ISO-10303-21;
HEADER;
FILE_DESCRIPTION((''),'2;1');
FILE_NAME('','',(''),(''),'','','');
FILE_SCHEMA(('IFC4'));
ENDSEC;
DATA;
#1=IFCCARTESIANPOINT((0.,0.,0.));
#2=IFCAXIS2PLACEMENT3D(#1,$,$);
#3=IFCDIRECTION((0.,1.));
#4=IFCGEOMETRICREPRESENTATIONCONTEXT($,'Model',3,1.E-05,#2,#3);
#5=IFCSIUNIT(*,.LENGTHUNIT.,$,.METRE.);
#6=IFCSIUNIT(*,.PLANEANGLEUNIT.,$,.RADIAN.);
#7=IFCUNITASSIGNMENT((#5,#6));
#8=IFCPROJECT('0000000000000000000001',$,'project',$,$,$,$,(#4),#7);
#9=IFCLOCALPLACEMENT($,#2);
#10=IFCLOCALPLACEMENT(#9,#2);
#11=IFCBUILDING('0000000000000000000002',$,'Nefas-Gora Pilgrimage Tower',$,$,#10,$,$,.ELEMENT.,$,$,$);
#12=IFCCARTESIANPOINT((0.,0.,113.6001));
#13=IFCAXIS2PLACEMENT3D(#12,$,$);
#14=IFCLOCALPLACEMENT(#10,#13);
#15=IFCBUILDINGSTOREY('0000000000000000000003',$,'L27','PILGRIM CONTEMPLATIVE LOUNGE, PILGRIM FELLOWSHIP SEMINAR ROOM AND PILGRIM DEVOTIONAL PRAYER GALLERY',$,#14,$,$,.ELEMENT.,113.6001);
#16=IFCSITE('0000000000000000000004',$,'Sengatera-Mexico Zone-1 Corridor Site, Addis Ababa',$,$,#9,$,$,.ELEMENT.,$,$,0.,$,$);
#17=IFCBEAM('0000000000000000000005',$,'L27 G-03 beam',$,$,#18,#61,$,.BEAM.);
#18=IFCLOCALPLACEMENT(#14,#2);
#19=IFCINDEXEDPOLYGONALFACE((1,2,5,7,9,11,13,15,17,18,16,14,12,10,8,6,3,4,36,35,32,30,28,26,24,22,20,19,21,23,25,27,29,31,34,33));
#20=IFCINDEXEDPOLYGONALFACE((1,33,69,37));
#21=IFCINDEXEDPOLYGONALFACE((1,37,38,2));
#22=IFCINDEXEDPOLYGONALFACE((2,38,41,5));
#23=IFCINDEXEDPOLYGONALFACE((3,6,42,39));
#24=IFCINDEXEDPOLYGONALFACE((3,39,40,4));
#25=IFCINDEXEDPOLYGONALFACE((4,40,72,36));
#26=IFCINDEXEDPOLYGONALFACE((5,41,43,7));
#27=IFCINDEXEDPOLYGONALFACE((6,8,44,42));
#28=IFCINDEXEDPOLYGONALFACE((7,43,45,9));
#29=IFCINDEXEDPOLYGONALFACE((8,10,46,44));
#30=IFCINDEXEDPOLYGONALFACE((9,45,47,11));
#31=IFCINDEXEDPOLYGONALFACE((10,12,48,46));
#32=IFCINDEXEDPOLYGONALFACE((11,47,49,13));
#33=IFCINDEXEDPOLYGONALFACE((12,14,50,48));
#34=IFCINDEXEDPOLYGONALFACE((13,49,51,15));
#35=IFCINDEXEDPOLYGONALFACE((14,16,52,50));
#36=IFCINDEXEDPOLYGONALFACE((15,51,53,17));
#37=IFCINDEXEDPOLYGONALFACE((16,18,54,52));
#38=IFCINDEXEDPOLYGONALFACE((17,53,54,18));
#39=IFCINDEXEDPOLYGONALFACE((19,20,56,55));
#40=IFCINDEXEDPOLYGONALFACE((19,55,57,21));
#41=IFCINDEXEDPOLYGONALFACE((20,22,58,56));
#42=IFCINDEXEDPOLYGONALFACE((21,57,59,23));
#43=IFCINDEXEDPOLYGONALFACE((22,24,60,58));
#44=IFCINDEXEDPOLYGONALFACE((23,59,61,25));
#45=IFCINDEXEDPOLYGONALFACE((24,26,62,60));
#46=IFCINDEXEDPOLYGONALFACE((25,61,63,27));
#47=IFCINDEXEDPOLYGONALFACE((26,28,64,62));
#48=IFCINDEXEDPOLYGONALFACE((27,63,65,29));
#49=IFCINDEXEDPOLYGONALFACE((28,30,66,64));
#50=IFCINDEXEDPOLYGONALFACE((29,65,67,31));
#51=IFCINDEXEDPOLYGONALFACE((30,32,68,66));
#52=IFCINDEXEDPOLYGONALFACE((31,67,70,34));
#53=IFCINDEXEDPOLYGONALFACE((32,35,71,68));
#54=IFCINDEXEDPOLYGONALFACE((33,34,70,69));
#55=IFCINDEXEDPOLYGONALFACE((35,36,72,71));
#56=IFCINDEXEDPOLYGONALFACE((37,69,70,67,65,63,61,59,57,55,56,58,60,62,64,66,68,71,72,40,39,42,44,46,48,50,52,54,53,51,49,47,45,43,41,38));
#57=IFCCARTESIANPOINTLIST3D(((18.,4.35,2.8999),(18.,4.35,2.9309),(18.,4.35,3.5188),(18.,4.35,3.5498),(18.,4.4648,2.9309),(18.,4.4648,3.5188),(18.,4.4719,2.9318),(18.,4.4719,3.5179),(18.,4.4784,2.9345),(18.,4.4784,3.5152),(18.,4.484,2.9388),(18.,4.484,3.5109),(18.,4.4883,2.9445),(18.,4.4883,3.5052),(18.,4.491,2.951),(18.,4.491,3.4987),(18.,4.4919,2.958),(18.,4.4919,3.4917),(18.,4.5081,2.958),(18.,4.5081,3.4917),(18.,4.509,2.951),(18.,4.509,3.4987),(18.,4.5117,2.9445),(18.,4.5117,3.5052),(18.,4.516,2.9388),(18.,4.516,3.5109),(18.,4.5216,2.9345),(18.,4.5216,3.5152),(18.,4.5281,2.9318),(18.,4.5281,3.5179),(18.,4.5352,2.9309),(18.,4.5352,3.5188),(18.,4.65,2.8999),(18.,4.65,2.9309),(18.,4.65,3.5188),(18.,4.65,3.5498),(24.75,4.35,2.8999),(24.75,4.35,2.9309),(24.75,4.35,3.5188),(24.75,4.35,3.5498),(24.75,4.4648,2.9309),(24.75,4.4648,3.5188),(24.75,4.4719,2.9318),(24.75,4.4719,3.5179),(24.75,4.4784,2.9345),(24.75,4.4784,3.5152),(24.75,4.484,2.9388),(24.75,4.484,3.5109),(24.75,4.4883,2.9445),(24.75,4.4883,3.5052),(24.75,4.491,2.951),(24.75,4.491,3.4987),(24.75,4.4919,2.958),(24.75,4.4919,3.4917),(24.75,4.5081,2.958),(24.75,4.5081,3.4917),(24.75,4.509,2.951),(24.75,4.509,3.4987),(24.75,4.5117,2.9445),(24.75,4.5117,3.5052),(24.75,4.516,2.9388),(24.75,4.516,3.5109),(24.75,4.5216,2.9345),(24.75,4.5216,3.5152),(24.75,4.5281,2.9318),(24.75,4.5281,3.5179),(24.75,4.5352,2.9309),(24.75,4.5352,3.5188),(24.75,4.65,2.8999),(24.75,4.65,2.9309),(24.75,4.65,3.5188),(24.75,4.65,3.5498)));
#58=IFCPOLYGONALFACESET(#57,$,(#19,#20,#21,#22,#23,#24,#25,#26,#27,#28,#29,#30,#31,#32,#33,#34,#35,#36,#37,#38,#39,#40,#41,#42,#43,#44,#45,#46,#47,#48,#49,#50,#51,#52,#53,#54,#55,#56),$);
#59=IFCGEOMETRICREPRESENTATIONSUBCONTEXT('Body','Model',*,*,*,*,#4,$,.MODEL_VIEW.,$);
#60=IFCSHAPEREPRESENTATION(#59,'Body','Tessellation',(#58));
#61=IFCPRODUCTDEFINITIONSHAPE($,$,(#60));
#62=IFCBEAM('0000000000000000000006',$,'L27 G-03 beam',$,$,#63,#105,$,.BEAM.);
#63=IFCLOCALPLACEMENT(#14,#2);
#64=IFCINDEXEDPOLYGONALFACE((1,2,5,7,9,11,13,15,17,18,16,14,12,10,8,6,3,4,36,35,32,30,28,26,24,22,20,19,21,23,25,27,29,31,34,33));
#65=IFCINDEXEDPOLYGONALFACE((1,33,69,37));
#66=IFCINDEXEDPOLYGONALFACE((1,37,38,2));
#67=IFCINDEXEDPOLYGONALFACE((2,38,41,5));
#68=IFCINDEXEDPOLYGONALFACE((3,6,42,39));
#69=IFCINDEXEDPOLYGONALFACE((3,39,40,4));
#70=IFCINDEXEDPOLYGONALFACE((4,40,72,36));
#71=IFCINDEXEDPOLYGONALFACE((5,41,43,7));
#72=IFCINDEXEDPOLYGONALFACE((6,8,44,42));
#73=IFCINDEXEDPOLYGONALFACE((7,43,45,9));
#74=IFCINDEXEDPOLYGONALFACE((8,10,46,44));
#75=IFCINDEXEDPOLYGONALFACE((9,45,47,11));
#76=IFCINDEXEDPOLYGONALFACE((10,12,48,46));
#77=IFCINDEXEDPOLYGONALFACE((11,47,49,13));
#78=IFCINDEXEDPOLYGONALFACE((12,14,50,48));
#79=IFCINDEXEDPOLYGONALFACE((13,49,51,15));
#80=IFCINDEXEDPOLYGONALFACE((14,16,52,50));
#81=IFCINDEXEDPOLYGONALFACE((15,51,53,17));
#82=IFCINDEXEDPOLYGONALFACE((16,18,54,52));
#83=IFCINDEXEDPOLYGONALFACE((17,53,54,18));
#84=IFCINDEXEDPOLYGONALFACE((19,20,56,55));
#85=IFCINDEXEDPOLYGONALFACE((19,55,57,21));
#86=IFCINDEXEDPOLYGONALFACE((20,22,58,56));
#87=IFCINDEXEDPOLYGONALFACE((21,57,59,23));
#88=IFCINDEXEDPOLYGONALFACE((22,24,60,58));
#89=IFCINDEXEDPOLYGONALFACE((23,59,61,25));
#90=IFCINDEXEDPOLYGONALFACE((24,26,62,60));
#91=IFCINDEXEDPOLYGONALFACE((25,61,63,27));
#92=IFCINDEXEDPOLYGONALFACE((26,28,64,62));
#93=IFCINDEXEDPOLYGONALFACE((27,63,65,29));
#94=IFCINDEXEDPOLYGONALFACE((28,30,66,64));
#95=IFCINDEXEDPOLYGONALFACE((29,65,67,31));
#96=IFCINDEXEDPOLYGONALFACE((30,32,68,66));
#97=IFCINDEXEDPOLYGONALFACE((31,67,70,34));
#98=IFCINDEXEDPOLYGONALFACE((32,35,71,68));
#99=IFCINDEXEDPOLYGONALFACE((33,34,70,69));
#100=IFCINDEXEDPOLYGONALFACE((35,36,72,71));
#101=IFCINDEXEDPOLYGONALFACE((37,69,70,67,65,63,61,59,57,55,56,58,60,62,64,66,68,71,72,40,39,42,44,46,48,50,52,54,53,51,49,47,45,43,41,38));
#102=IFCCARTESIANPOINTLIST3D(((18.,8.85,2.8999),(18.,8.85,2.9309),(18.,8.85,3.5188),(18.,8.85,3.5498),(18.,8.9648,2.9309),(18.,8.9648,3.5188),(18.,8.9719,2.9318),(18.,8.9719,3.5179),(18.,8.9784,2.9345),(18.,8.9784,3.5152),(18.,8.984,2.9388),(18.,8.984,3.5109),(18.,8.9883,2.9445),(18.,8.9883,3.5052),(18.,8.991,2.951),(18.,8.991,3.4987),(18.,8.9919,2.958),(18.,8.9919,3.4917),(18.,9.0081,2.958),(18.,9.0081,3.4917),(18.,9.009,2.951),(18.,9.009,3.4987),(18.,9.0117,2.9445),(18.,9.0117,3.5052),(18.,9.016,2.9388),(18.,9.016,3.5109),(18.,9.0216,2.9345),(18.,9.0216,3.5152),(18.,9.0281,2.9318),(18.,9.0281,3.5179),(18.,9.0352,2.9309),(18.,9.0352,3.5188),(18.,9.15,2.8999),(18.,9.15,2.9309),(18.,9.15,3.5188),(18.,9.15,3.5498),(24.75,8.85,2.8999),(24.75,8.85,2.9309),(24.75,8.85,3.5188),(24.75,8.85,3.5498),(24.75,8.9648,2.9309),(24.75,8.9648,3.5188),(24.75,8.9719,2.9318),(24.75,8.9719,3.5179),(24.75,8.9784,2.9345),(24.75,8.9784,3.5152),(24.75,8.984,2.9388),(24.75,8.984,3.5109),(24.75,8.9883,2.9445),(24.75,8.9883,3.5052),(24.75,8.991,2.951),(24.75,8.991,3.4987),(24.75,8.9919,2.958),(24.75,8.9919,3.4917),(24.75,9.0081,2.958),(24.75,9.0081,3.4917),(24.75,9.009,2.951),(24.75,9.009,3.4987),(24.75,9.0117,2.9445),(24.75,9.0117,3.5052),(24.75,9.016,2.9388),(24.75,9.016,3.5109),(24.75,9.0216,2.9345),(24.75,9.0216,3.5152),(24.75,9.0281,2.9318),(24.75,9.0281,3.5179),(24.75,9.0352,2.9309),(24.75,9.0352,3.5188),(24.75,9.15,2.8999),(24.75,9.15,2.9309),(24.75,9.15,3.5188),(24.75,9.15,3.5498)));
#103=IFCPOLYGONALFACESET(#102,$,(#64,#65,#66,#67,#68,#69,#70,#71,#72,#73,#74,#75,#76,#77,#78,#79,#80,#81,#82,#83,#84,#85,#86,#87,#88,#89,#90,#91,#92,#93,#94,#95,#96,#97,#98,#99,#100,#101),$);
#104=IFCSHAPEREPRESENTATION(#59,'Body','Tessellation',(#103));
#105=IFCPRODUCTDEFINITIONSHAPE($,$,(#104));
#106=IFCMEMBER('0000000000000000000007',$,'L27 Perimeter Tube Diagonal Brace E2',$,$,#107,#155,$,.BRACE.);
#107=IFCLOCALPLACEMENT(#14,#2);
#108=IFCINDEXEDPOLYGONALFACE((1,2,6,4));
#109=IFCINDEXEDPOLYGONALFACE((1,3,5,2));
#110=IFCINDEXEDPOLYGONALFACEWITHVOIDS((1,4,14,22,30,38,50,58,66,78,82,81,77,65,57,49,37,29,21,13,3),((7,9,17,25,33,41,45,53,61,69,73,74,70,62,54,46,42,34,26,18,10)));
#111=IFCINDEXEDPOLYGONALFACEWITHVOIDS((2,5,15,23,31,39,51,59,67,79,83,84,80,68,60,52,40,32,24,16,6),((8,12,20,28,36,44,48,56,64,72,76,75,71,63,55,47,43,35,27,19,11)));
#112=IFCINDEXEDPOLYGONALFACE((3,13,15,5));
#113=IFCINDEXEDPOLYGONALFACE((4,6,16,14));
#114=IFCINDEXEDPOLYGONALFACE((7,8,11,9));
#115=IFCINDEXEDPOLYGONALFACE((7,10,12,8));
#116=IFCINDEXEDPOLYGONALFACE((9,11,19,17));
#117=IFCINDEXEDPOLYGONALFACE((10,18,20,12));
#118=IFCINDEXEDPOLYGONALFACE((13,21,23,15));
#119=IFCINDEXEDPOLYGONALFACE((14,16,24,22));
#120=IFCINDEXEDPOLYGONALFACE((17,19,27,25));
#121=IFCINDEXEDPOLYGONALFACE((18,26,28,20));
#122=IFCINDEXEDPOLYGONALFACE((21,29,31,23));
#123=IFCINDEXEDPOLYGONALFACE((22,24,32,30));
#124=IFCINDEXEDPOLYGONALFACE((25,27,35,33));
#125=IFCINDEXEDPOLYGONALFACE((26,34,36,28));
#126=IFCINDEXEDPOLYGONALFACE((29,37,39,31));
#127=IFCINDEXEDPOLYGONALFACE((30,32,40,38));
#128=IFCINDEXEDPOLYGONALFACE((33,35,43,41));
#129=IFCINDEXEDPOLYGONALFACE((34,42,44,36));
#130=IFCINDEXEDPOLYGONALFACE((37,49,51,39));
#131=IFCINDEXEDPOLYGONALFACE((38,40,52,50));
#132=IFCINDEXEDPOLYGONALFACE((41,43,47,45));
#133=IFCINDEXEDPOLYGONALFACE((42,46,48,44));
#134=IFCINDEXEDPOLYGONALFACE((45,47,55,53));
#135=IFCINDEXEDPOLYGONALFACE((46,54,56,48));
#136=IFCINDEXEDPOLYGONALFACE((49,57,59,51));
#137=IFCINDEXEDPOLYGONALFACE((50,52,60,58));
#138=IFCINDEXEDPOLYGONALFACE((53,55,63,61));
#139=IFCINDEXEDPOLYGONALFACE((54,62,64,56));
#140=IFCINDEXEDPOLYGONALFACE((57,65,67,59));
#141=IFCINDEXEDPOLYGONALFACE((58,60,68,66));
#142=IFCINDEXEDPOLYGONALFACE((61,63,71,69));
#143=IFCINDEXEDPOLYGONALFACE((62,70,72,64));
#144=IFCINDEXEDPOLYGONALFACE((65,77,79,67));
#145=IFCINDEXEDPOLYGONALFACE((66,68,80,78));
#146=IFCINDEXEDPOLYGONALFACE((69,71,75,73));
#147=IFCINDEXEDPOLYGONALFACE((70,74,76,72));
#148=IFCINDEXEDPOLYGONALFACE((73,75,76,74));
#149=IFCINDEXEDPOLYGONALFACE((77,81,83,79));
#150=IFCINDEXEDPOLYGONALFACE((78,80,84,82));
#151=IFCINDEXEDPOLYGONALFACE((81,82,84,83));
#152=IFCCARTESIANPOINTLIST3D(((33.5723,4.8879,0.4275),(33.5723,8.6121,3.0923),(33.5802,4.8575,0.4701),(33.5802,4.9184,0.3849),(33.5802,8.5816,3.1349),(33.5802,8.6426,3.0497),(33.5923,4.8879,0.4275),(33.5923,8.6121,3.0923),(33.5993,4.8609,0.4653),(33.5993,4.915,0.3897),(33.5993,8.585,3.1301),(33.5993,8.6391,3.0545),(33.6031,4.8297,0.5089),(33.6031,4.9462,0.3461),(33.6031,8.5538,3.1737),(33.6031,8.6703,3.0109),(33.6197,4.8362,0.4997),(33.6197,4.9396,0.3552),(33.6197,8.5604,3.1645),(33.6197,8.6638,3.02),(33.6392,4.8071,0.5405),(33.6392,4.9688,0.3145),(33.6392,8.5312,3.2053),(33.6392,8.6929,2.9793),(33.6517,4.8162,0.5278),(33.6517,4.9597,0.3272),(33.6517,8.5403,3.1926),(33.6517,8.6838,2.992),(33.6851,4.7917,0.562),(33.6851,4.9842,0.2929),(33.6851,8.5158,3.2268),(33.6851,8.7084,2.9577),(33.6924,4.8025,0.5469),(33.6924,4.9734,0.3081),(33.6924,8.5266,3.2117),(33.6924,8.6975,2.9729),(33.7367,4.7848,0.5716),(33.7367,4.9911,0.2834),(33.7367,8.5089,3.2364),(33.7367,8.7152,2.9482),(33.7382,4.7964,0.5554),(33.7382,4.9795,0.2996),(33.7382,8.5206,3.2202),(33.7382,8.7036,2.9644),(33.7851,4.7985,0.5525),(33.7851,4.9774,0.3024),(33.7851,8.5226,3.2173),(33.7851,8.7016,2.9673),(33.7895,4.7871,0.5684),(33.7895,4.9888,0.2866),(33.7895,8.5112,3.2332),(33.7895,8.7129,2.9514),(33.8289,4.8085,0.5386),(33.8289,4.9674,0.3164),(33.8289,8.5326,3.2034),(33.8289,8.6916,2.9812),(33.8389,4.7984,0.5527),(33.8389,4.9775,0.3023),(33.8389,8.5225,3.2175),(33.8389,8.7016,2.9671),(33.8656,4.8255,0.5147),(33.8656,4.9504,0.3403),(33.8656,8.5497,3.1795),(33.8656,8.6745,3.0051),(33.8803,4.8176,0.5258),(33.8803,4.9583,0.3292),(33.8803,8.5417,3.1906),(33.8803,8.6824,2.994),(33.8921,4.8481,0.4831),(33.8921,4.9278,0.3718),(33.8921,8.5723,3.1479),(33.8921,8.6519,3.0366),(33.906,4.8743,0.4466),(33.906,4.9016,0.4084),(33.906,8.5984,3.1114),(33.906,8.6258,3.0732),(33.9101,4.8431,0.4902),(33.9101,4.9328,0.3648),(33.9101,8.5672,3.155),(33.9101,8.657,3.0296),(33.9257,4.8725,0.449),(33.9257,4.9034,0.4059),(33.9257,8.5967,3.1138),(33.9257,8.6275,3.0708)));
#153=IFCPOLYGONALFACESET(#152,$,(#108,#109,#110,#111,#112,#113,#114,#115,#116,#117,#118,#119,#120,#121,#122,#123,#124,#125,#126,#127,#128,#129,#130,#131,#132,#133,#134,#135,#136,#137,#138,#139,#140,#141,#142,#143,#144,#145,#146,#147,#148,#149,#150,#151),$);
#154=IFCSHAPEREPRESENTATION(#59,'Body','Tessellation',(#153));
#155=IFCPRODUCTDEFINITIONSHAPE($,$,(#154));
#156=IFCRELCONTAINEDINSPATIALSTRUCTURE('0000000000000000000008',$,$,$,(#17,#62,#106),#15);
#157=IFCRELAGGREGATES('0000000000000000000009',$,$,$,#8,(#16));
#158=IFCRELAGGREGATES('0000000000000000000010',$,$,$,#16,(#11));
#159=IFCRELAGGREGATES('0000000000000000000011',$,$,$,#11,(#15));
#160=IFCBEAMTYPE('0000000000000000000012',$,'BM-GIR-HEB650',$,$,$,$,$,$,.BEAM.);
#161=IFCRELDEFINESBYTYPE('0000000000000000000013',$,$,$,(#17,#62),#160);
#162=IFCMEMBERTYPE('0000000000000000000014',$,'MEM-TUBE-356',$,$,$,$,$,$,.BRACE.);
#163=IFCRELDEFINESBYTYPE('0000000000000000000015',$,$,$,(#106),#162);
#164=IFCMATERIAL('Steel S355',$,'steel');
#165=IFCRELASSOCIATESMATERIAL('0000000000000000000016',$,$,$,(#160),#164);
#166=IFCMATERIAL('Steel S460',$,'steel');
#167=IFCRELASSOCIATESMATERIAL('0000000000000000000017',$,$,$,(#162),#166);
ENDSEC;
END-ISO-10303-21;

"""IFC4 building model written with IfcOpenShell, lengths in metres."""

from ifc_helpers import new_model, si_unit, direction, frame, origin, origin_2d, place, context, subcontext, project, spatial, hollow_circle, i_section, extrude, source, transform, mapped, material, material_profile, profile_set, type_object, element, save


model = new_model("IFC4")

# Units and contexts
model_context = context("Model", 3, precision=1e-05, world=origin(), true_north=direction((0.0, 1.0)))
body_context = subcontext(model_context, "Body", "Model", "MODEL_VIEW")
ifc_project = project(units=[si_unit("LENGTHUNIT", "METRE"), si_unit("PLANEANGLEUNIT", "RADIAN")], contexts=[model_context])

# Site, building, storey
site_placement = place(None, origin())
site = spatial("IfcSite", under=ifc_project, at=site_placement, Name="Sengatera-Mexico Zone-1 Corridor Site, Addis Ababa", CompositionType="ELEMENT", RefElevation=0.0)
building_placement = place(site_placement, origin())
building = spatial("IfcBuilding", under=site, at=building_placement, Name="Nefas-Gora Pilgrimage Tower", CompositionType="ELEMENT")
storey_placement = place(building_placement, frame((0.0, 0.0, 113.6001)))
storey = spatial("IfcBuildingStorey", under=building, at=storey_placement, Name="L27", Description="PILGRIM CONTEMPLATIVE LOUNGE, PILGRIM FELLOWSHIP SEMINAR ROOM AND PILGRIM DEVOTIONAL PRAYER GALLERY", CompositionType="ELEMENT", Elevation=113.6001)

# Shared definitions
ifc_material_1 = material(Name="Steel S460", Category="steel")

# Beams
ifc_material_2 = material(Name="Steel S355", Category="steel")
ifc_material_profile_1 = material_profile(ifc_material_2, i_section(OverallWidth=0.3, OverallDepth=0.6499, WebThickness=0.0161, FlangeThickness=0.031, FilletRadius=0.0271, at=origin_2d()), Name="HEB 650")
ifc_profile_set_1 = profile_set([ifc_material_profile_1], Name="Steel S355")
beam_type_1 = type_object("IfcBeamType", Name="BM-GIR-HEB650", PredefinedType="BEAM", material=ifc_profile_set_1)
shared_shape_1 = source(origin(), body_context, "Body", "SweptSolid", [
    extrude(i_section(OverallWidth=0.3, OverallDepth=0.6499, WebThickness=0.0161, FlangeThickness=0.031, FilletRadius=0.0271, at=origin_2d()), origin(), (0.0, 0.0, 1.0), 6.75),
])
for number, where, z_axis, x_axis, name in (
    (1, (18.0, 4.5, 3.2249), (1.0, 0.0, 0.0), (0.0, 1.0, 0.0), "L27 G-03 beam"),
    (2, (18.0, 9.0, 3.2249), (1.0, 0.0, 0.0), (0.0, 1.0, 0.0), "L27 G-03 beam"),
):
    element("IfcBeam", number, at=place(storey_placement, frame(where, z_axis=z_axis, x_axis=x_axis)), inside=storey, type_object=beam_type_1, Name=name, PredefinedType="BEAM", context=body_context, shape_type="MappedRepresentation", body=[
        mapped(shared_shape_1, transform((0.0, 0.0, 0.0), x_axis=(1.0, 0.0, 0.0), y_axis=(0.0, 1.0, 0.0), z_axis=(0.0, 0.0, 1.0), scale=1.0)),
    ])

# Member
ifc_material_profile_2 = material_profile(ifc_material_1, hollow_circle(Radius=0.1777, WallThickness=0.02, at=origin_2d()), Name="CHS 355.6x20")
ifc_profile_set_2 = profile_set([ifc_material_profile_2], Name="Steel S460")
member_type_1 = type_object("IfcMemberType", Name="MEM-TUBE-356", PredefinedType="BRACE", material=ifc_profile_set_2)
shared_shape_2 = source(origin(), body_context, "Body", "SweptSolid", [
    extrude(hollow_circle(Radius=0.1777, WallThickness=0.02, at=origin_2d()), origin(), (0.0, 0.0, 1.0), 4.5793),
])
member_1_placement = place(storey_placement, frame((33.75, 4.8879, 0.4275), z_axis=(0.0, 0.813247, 0.581919), x_axis=(-1.0, 0.0, 0.0)))
element("IfcMember", 3, at=member_1_placement, inside=storey, type_object=member_type_1, Name="L27 Perimeter Tube Diagonal Brace E2", PredefinedType="BRACE", context=body_context, shape_type="MappedRepresentation", body=[
    mapped(shared_shape_2, transform((0.0, 0.0, 0.0), x_axis=(1.0, 0.0, 0.0), y_axis=(0.0, 1.0, 0.0), z_axis=(0.0, 0.0, 1.0), scale=1.0)),
])

save(model, "model.ifc")
